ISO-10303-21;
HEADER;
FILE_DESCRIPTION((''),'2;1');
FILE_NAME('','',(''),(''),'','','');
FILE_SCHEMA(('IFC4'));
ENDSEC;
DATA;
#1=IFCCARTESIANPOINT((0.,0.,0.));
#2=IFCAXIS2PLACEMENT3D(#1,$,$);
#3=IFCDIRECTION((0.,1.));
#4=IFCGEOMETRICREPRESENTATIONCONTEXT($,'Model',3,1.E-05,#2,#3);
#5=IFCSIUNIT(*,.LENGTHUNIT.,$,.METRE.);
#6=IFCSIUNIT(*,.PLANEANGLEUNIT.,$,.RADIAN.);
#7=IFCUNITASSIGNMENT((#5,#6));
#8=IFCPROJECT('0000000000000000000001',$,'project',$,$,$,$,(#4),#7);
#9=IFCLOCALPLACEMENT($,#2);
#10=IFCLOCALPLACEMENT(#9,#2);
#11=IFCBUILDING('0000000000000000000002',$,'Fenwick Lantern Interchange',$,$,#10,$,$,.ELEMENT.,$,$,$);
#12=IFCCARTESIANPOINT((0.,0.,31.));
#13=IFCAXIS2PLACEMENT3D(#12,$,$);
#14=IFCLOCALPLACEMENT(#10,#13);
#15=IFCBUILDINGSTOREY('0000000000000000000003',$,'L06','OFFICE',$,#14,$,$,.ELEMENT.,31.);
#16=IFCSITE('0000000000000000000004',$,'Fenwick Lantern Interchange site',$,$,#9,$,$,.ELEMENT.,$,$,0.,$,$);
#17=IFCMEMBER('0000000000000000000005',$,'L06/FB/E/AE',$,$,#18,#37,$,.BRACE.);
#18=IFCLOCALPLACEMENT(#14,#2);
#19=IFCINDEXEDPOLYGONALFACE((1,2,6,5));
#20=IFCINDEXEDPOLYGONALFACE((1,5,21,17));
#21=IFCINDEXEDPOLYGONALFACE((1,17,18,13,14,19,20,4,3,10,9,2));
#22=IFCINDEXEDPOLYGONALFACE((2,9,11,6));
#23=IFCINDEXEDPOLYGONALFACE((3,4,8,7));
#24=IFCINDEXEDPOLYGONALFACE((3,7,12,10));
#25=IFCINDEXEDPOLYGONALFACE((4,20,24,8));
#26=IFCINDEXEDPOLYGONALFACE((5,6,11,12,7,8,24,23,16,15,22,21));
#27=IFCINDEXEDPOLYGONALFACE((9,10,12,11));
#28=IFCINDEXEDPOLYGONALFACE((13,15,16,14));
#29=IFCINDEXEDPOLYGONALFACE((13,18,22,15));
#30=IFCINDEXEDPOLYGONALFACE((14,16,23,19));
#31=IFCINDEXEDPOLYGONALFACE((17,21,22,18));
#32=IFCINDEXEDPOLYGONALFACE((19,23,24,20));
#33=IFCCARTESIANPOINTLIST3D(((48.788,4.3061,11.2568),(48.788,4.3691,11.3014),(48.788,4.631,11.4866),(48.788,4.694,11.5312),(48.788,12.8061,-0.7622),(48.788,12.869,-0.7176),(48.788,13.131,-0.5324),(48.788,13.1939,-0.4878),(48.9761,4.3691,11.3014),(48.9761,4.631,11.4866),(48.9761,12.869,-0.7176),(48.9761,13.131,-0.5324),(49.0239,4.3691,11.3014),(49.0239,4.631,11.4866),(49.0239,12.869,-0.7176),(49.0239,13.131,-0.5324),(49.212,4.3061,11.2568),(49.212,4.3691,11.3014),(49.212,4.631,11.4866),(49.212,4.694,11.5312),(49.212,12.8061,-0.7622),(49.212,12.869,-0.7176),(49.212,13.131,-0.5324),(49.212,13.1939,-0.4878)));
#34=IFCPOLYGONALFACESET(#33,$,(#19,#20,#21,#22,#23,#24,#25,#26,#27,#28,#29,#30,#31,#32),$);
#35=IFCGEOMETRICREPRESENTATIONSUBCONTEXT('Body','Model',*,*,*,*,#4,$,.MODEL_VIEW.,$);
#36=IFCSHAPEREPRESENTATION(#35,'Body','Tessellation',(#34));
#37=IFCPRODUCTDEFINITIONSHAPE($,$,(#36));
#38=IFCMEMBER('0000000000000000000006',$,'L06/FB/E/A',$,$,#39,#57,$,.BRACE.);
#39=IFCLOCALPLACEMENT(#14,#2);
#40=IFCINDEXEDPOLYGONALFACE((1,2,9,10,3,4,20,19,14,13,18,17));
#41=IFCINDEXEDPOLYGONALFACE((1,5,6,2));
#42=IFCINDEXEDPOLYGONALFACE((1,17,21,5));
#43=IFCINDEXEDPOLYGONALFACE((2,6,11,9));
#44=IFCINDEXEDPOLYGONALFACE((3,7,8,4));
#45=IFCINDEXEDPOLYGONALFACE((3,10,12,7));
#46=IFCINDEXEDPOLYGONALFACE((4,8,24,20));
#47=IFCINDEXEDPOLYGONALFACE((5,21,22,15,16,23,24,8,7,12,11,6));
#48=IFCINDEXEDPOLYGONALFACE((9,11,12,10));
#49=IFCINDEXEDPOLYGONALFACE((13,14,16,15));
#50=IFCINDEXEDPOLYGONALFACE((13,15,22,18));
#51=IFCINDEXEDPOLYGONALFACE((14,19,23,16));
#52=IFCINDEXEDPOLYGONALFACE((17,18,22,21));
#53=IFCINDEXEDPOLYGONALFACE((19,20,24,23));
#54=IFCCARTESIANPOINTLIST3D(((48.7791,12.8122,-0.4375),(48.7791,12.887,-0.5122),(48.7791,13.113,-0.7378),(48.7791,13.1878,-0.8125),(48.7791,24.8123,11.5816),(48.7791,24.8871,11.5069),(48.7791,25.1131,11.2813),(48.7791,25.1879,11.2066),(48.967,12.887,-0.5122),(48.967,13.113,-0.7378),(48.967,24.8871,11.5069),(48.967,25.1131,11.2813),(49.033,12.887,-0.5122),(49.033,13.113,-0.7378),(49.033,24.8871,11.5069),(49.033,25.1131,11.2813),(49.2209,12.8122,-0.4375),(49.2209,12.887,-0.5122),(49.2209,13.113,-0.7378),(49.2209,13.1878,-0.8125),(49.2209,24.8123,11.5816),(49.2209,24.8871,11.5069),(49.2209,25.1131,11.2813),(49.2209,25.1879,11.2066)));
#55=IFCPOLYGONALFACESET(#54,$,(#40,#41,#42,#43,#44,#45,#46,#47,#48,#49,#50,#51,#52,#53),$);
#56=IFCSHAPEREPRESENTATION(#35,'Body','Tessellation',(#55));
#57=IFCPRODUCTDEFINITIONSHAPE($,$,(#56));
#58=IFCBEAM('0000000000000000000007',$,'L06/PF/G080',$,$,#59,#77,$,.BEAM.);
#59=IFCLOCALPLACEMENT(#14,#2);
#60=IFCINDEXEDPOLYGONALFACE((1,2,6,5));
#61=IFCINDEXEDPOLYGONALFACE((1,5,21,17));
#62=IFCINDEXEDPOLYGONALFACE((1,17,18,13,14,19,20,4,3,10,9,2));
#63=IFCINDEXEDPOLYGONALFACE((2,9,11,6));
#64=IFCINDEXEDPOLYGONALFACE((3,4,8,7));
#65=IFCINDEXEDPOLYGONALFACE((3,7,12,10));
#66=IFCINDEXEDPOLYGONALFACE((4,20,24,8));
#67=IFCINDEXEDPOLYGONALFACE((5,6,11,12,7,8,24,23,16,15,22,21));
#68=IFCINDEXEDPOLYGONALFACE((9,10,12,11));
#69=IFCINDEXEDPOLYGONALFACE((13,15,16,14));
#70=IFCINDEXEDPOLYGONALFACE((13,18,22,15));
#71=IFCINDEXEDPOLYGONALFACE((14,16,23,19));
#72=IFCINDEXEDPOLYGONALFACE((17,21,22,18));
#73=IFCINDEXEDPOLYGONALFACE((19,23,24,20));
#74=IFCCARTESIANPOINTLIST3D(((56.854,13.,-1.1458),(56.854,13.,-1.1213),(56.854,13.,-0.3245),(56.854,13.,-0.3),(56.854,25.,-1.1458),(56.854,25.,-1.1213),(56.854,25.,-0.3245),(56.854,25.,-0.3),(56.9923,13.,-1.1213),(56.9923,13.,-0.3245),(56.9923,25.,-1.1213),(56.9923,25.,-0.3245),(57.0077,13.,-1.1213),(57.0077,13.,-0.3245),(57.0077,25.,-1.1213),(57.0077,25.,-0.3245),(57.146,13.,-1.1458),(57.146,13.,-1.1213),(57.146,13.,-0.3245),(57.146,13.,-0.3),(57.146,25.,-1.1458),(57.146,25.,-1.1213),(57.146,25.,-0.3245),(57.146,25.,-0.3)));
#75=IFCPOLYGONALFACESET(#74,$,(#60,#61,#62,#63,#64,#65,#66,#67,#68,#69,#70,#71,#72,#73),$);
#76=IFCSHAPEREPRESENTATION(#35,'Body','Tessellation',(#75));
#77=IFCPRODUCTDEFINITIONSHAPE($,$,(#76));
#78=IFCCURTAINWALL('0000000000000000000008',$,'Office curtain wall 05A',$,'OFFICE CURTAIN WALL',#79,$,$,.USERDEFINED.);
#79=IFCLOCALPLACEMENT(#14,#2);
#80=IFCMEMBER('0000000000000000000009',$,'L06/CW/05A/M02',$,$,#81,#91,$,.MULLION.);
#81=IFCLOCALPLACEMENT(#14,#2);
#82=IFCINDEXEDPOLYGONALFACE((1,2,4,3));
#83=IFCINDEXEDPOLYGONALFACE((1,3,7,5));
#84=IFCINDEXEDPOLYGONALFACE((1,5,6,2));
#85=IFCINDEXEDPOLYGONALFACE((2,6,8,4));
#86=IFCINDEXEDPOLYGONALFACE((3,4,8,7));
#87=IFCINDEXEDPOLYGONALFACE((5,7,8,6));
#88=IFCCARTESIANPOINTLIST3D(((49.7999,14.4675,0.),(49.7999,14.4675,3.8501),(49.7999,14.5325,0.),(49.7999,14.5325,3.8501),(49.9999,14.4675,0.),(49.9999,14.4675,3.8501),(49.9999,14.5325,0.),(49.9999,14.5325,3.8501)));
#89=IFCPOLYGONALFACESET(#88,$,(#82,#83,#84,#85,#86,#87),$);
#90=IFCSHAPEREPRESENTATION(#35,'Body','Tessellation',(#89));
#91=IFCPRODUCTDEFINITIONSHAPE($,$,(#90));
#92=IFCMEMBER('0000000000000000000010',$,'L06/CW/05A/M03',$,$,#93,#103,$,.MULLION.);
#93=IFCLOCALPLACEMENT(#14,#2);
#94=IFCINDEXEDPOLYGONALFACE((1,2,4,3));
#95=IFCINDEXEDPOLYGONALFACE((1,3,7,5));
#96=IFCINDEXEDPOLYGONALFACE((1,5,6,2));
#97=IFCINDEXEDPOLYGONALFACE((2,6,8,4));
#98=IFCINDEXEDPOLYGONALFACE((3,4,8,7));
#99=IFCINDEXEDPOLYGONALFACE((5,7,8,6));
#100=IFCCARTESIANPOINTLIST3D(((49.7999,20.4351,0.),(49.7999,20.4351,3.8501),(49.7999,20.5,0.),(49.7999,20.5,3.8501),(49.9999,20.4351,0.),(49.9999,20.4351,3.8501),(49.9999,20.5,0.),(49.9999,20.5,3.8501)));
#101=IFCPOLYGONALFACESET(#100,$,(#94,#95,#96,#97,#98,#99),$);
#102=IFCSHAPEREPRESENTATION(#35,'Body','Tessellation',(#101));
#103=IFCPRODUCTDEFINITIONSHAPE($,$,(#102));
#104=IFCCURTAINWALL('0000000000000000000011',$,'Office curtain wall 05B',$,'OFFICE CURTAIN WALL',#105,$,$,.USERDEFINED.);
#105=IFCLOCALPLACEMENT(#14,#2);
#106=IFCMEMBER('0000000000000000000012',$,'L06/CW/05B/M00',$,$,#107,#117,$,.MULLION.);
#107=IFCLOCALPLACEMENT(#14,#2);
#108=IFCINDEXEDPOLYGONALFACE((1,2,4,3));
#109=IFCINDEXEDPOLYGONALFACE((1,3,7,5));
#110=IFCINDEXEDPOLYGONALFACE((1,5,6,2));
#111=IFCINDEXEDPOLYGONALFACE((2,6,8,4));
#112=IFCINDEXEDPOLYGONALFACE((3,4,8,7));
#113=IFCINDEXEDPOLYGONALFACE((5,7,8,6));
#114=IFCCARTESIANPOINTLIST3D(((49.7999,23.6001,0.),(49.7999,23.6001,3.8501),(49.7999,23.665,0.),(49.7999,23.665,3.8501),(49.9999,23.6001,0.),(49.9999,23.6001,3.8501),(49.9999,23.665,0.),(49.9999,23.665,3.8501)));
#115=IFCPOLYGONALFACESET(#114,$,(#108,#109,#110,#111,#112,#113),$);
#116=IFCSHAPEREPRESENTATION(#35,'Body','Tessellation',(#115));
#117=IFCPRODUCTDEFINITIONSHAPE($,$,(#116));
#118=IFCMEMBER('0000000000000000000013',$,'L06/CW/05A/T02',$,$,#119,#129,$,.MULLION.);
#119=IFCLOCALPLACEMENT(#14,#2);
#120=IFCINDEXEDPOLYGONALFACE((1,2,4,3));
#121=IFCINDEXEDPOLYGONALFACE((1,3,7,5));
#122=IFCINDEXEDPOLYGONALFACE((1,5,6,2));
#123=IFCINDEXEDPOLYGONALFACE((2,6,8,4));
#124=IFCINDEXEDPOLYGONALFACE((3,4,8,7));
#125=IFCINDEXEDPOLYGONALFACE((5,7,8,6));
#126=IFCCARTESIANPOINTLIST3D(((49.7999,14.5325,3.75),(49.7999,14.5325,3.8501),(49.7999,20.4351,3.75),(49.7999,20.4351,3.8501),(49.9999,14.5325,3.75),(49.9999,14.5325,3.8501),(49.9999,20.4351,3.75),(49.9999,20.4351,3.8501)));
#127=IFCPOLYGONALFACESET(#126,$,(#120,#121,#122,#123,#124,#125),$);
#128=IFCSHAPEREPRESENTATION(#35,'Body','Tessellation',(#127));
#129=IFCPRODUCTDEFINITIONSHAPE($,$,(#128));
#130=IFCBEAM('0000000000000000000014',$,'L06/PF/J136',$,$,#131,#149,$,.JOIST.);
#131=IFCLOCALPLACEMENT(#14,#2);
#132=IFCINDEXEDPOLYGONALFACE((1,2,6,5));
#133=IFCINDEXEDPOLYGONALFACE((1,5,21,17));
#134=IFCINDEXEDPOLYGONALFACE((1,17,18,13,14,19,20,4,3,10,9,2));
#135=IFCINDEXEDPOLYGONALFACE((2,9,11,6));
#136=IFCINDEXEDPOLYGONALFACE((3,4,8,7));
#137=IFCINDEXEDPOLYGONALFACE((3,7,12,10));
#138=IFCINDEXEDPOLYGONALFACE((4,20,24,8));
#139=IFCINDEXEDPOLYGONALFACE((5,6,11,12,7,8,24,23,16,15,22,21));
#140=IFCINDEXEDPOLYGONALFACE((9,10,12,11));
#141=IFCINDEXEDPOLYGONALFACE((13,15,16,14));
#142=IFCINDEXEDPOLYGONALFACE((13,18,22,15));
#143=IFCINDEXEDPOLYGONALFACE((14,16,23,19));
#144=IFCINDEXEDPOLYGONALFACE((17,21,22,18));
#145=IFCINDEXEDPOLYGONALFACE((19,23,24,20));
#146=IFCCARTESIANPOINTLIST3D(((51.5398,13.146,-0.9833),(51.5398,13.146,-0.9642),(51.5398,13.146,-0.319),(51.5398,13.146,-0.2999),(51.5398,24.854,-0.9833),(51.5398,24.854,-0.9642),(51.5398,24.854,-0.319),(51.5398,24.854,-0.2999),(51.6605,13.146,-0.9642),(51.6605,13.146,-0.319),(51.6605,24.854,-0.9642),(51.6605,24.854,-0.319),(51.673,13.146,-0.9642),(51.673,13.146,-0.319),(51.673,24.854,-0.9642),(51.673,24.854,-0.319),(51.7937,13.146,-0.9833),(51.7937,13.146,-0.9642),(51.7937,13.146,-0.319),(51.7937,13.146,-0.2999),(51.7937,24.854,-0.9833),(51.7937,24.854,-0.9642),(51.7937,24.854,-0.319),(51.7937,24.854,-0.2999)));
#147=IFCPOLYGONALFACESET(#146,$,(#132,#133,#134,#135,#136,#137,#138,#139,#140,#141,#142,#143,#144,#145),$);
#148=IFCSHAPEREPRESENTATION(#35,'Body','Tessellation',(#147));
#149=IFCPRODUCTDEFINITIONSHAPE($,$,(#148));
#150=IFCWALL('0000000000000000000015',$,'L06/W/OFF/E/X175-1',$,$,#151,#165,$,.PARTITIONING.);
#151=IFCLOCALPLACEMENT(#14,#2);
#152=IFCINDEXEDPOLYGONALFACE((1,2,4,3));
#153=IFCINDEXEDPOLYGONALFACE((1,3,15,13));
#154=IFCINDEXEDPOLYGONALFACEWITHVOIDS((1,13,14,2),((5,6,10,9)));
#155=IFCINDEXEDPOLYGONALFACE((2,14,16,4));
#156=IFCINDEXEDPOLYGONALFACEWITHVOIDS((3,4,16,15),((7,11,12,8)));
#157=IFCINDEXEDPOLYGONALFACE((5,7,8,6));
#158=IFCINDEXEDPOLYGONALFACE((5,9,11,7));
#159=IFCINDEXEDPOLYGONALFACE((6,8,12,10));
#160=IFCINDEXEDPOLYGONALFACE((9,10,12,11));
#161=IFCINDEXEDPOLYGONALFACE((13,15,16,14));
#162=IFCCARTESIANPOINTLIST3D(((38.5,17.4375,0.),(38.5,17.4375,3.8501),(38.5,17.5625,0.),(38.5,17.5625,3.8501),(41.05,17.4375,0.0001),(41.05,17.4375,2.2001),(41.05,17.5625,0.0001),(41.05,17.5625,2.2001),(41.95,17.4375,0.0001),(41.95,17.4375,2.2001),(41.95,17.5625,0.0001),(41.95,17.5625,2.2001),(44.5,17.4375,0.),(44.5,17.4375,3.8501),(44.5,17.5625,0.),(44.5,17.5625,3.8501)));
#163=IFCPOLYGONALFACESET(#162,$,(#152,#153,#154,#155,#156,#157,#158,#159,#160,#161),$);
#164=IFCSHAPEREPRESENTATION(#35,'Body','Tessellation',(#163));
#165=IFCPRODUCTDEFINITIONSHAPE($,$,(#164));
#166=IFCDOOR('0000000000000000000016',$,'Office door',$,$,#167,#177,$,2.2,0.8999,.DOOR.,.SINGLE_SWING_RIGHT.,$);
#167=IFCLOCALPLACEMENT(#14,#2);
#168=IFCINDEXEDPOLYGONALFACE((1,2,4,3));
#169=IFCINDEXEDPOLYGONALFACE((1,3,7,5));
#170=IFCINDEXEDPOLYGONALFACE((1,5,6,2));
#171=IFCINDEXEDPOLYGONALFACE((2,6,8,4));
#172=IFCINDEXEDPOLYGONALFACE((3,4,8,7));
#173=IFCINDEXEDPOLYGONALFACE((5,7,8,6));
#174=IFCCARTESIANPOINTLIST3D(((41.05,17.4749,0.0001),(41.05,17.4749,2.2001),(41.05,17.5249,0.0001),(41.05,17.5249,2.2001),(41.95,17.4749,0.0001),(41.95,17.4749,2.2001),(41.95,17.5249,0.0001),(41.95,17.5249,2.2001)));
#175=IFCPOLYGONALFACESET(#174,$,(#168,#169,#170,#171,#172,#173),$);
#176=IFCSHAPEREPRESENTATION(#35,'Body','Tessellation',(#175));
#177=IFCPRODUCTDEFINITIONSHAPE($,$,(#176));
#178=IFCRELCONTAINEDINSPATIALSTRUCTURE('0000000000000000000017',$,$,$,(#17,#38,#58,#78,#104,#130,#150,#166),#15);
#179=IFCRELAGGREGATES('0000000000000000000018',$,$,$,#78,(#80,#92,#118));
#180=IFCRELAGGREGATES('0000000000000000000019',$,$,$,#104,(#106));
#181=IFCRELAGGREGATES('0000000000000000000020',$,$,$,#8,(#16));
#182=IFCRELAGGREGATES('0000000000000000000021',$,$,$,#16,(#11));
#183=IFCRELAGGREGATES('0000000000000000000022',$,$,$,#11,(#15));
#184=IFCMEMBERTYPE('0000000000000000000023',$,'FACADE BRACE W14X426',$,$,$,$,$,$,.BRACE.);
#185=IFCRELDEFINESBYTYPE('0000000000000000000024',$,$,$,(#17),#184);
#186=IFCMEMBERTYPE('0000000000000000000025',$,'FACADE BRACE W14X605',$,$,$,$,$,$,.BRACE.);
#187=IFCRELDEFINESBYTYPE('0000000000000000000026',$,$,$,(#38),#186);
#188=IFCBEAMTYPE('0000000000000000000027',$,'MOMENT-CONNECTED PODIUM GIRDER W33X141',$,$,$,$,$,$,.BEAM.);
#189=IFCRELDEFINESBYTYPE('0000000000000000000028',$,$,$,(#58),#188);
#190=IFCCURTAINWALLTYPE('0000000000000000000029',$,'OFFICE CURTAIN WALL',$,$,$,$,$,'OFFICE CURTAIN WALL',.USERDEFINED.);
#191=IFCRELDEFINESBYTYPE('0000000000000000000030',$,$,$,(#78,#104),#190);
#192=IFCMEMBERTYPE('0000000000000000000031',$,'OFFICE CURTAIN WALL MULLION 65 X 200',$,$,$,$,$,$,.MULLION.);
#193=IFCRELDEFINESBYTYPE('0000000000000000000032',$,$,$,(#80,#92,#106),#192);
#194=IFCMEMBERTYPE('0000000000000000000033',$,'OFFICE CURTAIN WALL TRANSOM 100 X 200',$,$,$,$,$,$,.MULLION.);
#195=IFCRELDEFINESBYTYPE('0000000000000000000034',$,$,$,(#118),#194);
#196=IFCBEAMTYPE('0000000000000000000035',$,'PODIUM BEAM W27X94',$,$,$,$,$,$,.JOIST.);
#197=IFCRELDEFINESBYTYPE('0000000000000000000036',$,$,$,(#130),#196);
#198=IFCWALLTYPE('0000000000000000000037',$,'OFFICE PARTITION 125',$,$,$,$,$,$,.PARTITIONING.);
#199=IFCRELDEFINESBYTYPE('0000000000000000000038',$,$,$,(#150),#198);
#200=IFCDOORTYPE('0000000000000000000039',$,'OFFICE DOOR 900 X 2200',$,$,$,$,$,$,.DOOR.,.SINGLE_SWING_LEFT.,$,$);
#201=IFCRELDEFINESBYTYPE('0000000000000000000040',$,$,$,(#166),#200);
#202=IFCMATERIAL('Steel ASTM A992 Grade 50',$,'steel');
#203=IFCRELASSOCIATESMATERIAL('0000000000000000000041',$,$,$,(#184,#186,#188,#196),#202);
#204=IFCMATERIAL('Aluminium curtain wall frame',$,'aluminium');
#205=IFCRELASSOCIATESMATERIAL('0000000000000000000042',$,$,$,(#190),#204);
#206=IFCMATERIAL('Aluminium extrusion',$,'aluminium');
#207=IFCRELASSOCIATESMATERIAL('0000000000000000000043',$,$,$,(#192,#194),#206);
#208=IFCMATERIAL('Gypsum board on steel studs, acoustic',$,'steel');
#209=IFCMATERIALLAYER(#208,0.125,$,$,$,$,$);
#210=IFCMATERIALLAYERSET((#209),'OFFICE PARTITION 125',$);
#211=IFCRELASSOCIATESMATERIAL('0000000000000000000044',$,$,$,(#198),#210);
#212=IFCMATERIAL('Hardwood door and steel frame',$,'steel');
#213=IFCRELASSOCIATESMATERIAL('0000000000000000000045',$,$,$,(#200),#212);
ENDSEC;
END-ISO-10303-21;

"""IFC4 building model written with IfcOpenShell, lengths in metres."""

from ifc_helpers import new_model, si_unit, direction, frame, frame_2d, origin, origin_2d, place, context, subcontext, project, spatial, rectangle, i_section, extrude, material, layer, layer_set, material_profile, profile_set, type_object, element, fill, aggregate, save


model = new_model("IFC4")

# Units and contexts
model_context = context("Model", 3, precision=1e-05, world=origin(), true_north=direction((0.0, 1.0)))
body_context = subcontext(model_context, "Body", "Model", "MODEL_VIEW")
ifc_project = project(units=[si_unit("LENGTHUNIT", "METRE"), si_unit("PLANEANGLEUNIT", "RADIAN")], contexts=[model_context])

# Site, building, storey
site_placement = place(None, origin())
site = spatial("IfcSite", under=ifc_project, at=site_placement, Name="Fenwick Lantern Interchange site", CompositionType="ELEMENT", RefElevation=0.0)
building_placement = place(site_placement, origin())
building = spatial("IfcBuilding", under=site, at=building_placement, Name="Fenwick Lantern Interchange", CompositionType="ELEMENT")
storey_placement = place(building_placement, frame((0.0, 0.0, 31.0)))
storey = spatial("IfcBuildingStorey", under=building, at=storey_placement, Name="L06", Description="OFFICE", CompositionType="ELEMENT", Elevation=31.0)

# Members
ifc_material_1 = material(Name="Steel ASTM A992 Grade 50", Category="steel")
ifc_material_profile_1 = material_profile(ifc_material_1, i_section(OverallWidth=0.4241, OverallDepth=0.4751, WebThickness=0.0479, FlangeThickness=0.0771, at=origin_2d()), Name="W14X426")
ifc_profile_set_1 = profile_set([ifc_material_profile_1], Name="Steel ASTM A992 Grade 50")
member_type_1 = type_object("IfcMemberType", Name="FACADE BRACE W14X426", PredefinedType="BRACE", material=ifc_profile_set_1)
member_1_placement = place(storey_placement, frame((49.0, 13.0, -0.625), z_axis=(0.0, -0.577407, 0.816456), x_axis=(1.0, 0.0, 0.0)))
element("IfcMember", 1, at=member_1_placement, inside=storey, type_object=member_type_1, Name="L06/FB/E/AE", PredefinedType="BRACE", context=body_context, shape_type="SweptSolid", body=[
    extrude(i_section(OverallWidth=0.4241, OverallDepth=0.4751, WebThickness=0.0479, FlangeThickness=0.0771, at=origin_2d()), origin(), (0.0, 0.0, 1.0), 14.7209),
])
ifc_material_profile_2 = material_profile(ifc_material_1, i_section(OverallWidth=0.4419, OverallDepth=0.5308, WebThickness=0.0659, FlangeThickness=0.1057, at=origin_2d()), Name="W14X605")
ifc_profile_set_2 = profile_set([ifc_material_profile_2], Name="Steel ASTM A992 Grade 50")
member_type_2 = type_object("IfcMemberType", Name="FACADE BRACE W14X605", PredefinedType="BRACE", material=ifc_profile_set_2)
member_2_placement = place(storey_placement, frame((49.0, 13.0, -0.625), z_axis=(0.0, 0.706546, 0.707667), x_axis=(-1.0, 0.0, 0.0)))
element("IfcMember", 2, at=member_2_placement, inside=storey, type_object=member_type_2, Name="L06/FB/E/A", PredefinedType="BRACE", context=body_context, shape_type="SweptSolid", body=[
    extrude(i_section(OverallWidth=0.4419, OverallDepth=0.5308, WebThickness=0.0659, FlangeThickness=0.1057, at=origin_2d()), origin(), (0.0, 0.0, 1.0), 16.9841),
])

# Beam
ifc_material_profile_3 = material_profile(ifc_material_1, i_section(OverallWidth=0.292, OverallDepth=0.8457, WebThickness=0.0154, FlangeThickness=0.0244, at=origin_2d()), Name="W33X141")
ifc_profile_set_3 = profile_set([ifc_material_profile_3], Name="Steel ASTM A992 Grade 50")
beam_type_1 = type_object("IfcBeamType", Name="MOMENT-CONNECTED PODIUM GIRDER W33X141", PredefinedType="BEAM", material=ifc_profile_set_3)
beam_1_placement = place(storey_placement, frame((57.0, 13.0, -0.7229), z_axis=(0.0, 1.0, 0.0), x_axis=(-1.0, 0.0, 0.0)))
element("IfcBeam", 3, at=beam_1_placement, inside=storey, type_object=beam_type_1, Name="L06/PF/G080", PredefinedType="BEAM", context=body_context, shape_type="SweptSolid", body=[
    extrude(i_section(OverallWidth=0.292, OverallDepth=0.8457, WebThickness=0.0154, FlangeThickness=0.0244, at=origin_2d()), origin(), (0.0, 0.0, 1.0), 12.0),
])

# Curtain wall, members
ifc_material_2 = material(Name="Aluminium curtain wall frame", Category="aluminium")
curtain_wall_type = type_object("IfcCurtainWallType", Name="OFFICE CURTAIN WALL", ElementType="OFFICE CURTAIN WALL", PredefinedType="USERDEFINED", material=ifc_material_2)
curtain_wall_1_placement = place(storey_placement, origin())
curtain_wall_1 = element("IfcCurtainWall", 4, at=curtain_wall_1_placement, inside=storey, type_object=curtain_wall_type, Name="Office curtain wall 05A", ObjectType="OFFICE CURTAIN WALL", PredefinedType="USERDEFINED")
ifc_material_3 = material(Name="Aluminium extrusion", Category="aluminium")
ifc_material_profile_4 = material_profile(ifc_material_3, rectangle(XDim=0.2, YDim=0.0649, at=origin_2d()), Name="OFFICE CURTAIN WALL MULLION 65 X 200")
ifc_profile_set_4 = profile_set([ifc_material_profile_4], Name="Aluminium extrusion")
member_type_3 = type_object("IfcMemberType", Name="OFFICE CURTAIN WALL MULLION 65 X 200", PredefinedType="MULLION", material=ifc_profile_set_4)
member_3_placement = place(storey_placement, frame((49.8999, 14.5, 0.0), z_axis=(0.0, 0.0, 1.0), x_axis=(-1.0, 0.0, 0.0)))
member_3 = element("IfcMember", 5, at=member_3_placement, type_object=member_type_3, Name="L06/CW/05A/M02", PredefinedType="MULLION", context=body_context, shape_type="SweptSolid", body=[
    extrude(rectangle(XDim=0.2, YDim=0.0649, at=origin_2d()), origin(), (0.0, 0.0, 1.0), 3.8501),
])
member_4_placement = place(storey_placement, frame((49.8999, 20.4675, 0.0), z_axis=(0.0, 0.0, 1.0), x_axis=(-1.0, 0.0, 0.0)))
member_4 = element("IfcMember", 6, at=member_4_placement, type_object=member_type_3, Name="L06/CW/05A/M03", PredefinedType="MULLION", context=body_context, shape_type="SweptSolid", body=[
    extrude(rectangle(XDim=0.2, YDim=0.0649, at=origin_2d()), origin(), (0.0, 0.0, 1.0), 3.8501),
])

# Curtain wall, member
curtain_wall_2_placement = place(storey_placement, origin())
curtain_wall_2 = element("IfcCurtainWall", 7, at=curtain_wall_2_placement, inside=storey, type_object=curtain_wall_type, Name="Office curtain wall 05B", ObjectType="OFFICE CURTAIN WALL", PredefinedType="USERDEFINED")
member_5_placement = place(storey_placement, frame((49.8999, 23.6326, 0.0), z_axis=(0.0, 0.0, 1.0), x_axis=(-1.0, 0.0, 0.0)))
member_5 = element("IfcMember", 8, at=member_5_placement, type_object=member_type_3, Name="L06/CW/05B/M00", PredefinedType="MULLION", context=body_context, shape_type="SweptSolid", body=[
    extrude(rectangle(XDim=0.2, YDim=0.0649, at=origin_2d()), origin(), (0.0, 0.0, 1.0), 3.8501),
])

# Member
ifc_material_profile_5 = material_profile(ifc_material_3, rectangle(XDim=0.2, YDim=0.1001, at=origin_2d()), Name="OFFICE CURTAIN WALL TRANSOM 100 X 200")
ifc_profile_set_5 = profile_set([ifc_material_profile_5], Name="Aluminium extrusion")
member_type_4 = type_object("IfcMemberType", Name="OFFICE CURTAIN WALL TRANSOM 100 X 200", PredefinedType="MULLION", material=ifc_profile_set_5)
member_6_placement = place(storey_placement, frame((49.8999, 14.5325, 3.8), z_axis=(0.0, 1.0, 0.0), x_axis=(-1.0, 0.0, 0.0)))
member_6 = element("IfcMember", 9, at=member_6_placement, type_object=member_type_4, Name="L06/CW/05A/T02", PredefinedType="MULLION", context=body_context, shape_type="SweptSolid", body=[
    extrude(rectangle(XDim=0.2, YDim=0.1001, at=origin_2d()), origin(), (0.0, 0.0, 1.0), 5.9026),
])
aggregate(curtain_wall_1, [member_3, member_4, member_6])

# Beam
ifc_material_profile_6 = material_profile(ifc_material_1, i_section(OverallWidth=0.2539, OverallDepth=0.6833, WebThickness=0.0125, FlangeThickness=0.019, at=origin_2d()), Name="W27X94")
ifc_profile_set_6 = profile_set([ifc_material_profile_6], Name="Steel ASTM A992 Grade 50")
beam_type_2 = type_object("IfcBeamType", Name="PODIUM BEAM W27X94", PredefinedType="JOIST", material=ifc_profile_set_6)
beam_2_placement = place(storey_placement, frame((51.6667, 13.146, -0.6416), z_axis=(0.0, 1.0, 0.0), x_axis=(-1.0, 0.0, 0.0)))
element("IfcBeam", 10, at=beam_2_placement, inside=storey, type_object=beam_type_2, Name="L06/PF/J136", PredefinedType="JOIST", context=body_context, shape_type="SweptSolid", body=[
    extrude(i_section(OverallWidth=0.2539, OverallDepth=0.6833, WebThickness=0.0125, FlangeThickness=0.019, at=origin_2d()), origin(), (0.0, 0.0, 1.0), 11.708),
])

aggregate(curtain_wall_2, [member_5])

# Wall, opening, door
ifc_material_4 = material(Name="Gypsum board on steel studs, acoustic", Category="steel")
ifc_layer_1 = layer(ifc_material_4, 0.125)
ifc_layer_set_1 = layer_set([ifc_layer_1], Name="OFFICE PARTITION 125")
wall_type_1 = type_object("IfcWallType", Name="OFFICE PARTITION 125", PredefinedType="PARTITIONING", material=ifc_layer_set_1)
wall_1_placement = place(storey_placement, frame((44.5, 17.5, 0.0), z_axis=(0.0, 0.0, 1.0), x_axis=(-1.0, 0.0, 0.0)))
wall_1 = element("IfcWall", 11, at=wall_1_placement, inside=storey, type_object=wall_type_1, Name="L06/W/OFF/E/X175-1", PredefinedType="PARTITIONING", context=body_context, shape_type="SweptSolid", body=[
    extrude(rectangle(XDim=6.0, YDim=0.125, at=frame_2d((3.0, 0.0))), origin(), (0.0, 0.0, 1.0), 3.8501),
])
opening_1_placement = place(wall_1_placement, frame((2.55, 0.0, 0.0)))
opening_1 = element("IfcOpeningElement", 12, at=opening_1_placement, cuts=wall_1, PredefinedType="OPENING", context=body_context, shape_type="SweptSolid", body=[
    extrude(rectangle(XDim=0.8999, YDim=2.2, at=frame_2d((0.45, 1.1001))), frame((0.0, 0.0725, 0.0), z_axis=(0.0, -1.0, 0.0), x_axis=(1.0, 0.0, 0.0)), (0.0, 0.0, 1.0), 0.145),
])
ifc_material_5 = material(Name="Hardwood door and steel frame", Category="steel")
door_type_1 = type_object("IfcDoorType", Name="OFFICE DOOR 900 X 2200", OperationType="SINGLE_SWING_LEFT", PredefinedType="DOOR", material=ifc_material_5)
door_1_placement = place(opening_1_placement, frame((0.8999, 0.0, 0.0), z_axis=(0.0, 0.0, 1.0), x_axis=(-1.0, 0.0, 0.0)))
door_1 = element("IfcDoor", 13, at=door_1_placement, inside=storey, type_object=door_type_1, Name="Office door", OperationType="SINGLE_SWING_RIGHT", OverallHeight=2.2, OverallWidth=0.8999, PredefinedType="DOOR", context=body_context, shape_type="SweptSolid", body=[
    extrude(rectangle(XDim=0.8999, YDim=2.2, at=frame_2d((0.45, 1.1001))), frame((0.0, 0.0249, 0.0), z_axis=(0.0, -1.0, 0.0), x_axis=(1.0, 0.0, 0.0)), (0.0, 0.0, 1.0), 0.05),
])
fill(opening_1, door_1)

save(model, "model.ifc")
